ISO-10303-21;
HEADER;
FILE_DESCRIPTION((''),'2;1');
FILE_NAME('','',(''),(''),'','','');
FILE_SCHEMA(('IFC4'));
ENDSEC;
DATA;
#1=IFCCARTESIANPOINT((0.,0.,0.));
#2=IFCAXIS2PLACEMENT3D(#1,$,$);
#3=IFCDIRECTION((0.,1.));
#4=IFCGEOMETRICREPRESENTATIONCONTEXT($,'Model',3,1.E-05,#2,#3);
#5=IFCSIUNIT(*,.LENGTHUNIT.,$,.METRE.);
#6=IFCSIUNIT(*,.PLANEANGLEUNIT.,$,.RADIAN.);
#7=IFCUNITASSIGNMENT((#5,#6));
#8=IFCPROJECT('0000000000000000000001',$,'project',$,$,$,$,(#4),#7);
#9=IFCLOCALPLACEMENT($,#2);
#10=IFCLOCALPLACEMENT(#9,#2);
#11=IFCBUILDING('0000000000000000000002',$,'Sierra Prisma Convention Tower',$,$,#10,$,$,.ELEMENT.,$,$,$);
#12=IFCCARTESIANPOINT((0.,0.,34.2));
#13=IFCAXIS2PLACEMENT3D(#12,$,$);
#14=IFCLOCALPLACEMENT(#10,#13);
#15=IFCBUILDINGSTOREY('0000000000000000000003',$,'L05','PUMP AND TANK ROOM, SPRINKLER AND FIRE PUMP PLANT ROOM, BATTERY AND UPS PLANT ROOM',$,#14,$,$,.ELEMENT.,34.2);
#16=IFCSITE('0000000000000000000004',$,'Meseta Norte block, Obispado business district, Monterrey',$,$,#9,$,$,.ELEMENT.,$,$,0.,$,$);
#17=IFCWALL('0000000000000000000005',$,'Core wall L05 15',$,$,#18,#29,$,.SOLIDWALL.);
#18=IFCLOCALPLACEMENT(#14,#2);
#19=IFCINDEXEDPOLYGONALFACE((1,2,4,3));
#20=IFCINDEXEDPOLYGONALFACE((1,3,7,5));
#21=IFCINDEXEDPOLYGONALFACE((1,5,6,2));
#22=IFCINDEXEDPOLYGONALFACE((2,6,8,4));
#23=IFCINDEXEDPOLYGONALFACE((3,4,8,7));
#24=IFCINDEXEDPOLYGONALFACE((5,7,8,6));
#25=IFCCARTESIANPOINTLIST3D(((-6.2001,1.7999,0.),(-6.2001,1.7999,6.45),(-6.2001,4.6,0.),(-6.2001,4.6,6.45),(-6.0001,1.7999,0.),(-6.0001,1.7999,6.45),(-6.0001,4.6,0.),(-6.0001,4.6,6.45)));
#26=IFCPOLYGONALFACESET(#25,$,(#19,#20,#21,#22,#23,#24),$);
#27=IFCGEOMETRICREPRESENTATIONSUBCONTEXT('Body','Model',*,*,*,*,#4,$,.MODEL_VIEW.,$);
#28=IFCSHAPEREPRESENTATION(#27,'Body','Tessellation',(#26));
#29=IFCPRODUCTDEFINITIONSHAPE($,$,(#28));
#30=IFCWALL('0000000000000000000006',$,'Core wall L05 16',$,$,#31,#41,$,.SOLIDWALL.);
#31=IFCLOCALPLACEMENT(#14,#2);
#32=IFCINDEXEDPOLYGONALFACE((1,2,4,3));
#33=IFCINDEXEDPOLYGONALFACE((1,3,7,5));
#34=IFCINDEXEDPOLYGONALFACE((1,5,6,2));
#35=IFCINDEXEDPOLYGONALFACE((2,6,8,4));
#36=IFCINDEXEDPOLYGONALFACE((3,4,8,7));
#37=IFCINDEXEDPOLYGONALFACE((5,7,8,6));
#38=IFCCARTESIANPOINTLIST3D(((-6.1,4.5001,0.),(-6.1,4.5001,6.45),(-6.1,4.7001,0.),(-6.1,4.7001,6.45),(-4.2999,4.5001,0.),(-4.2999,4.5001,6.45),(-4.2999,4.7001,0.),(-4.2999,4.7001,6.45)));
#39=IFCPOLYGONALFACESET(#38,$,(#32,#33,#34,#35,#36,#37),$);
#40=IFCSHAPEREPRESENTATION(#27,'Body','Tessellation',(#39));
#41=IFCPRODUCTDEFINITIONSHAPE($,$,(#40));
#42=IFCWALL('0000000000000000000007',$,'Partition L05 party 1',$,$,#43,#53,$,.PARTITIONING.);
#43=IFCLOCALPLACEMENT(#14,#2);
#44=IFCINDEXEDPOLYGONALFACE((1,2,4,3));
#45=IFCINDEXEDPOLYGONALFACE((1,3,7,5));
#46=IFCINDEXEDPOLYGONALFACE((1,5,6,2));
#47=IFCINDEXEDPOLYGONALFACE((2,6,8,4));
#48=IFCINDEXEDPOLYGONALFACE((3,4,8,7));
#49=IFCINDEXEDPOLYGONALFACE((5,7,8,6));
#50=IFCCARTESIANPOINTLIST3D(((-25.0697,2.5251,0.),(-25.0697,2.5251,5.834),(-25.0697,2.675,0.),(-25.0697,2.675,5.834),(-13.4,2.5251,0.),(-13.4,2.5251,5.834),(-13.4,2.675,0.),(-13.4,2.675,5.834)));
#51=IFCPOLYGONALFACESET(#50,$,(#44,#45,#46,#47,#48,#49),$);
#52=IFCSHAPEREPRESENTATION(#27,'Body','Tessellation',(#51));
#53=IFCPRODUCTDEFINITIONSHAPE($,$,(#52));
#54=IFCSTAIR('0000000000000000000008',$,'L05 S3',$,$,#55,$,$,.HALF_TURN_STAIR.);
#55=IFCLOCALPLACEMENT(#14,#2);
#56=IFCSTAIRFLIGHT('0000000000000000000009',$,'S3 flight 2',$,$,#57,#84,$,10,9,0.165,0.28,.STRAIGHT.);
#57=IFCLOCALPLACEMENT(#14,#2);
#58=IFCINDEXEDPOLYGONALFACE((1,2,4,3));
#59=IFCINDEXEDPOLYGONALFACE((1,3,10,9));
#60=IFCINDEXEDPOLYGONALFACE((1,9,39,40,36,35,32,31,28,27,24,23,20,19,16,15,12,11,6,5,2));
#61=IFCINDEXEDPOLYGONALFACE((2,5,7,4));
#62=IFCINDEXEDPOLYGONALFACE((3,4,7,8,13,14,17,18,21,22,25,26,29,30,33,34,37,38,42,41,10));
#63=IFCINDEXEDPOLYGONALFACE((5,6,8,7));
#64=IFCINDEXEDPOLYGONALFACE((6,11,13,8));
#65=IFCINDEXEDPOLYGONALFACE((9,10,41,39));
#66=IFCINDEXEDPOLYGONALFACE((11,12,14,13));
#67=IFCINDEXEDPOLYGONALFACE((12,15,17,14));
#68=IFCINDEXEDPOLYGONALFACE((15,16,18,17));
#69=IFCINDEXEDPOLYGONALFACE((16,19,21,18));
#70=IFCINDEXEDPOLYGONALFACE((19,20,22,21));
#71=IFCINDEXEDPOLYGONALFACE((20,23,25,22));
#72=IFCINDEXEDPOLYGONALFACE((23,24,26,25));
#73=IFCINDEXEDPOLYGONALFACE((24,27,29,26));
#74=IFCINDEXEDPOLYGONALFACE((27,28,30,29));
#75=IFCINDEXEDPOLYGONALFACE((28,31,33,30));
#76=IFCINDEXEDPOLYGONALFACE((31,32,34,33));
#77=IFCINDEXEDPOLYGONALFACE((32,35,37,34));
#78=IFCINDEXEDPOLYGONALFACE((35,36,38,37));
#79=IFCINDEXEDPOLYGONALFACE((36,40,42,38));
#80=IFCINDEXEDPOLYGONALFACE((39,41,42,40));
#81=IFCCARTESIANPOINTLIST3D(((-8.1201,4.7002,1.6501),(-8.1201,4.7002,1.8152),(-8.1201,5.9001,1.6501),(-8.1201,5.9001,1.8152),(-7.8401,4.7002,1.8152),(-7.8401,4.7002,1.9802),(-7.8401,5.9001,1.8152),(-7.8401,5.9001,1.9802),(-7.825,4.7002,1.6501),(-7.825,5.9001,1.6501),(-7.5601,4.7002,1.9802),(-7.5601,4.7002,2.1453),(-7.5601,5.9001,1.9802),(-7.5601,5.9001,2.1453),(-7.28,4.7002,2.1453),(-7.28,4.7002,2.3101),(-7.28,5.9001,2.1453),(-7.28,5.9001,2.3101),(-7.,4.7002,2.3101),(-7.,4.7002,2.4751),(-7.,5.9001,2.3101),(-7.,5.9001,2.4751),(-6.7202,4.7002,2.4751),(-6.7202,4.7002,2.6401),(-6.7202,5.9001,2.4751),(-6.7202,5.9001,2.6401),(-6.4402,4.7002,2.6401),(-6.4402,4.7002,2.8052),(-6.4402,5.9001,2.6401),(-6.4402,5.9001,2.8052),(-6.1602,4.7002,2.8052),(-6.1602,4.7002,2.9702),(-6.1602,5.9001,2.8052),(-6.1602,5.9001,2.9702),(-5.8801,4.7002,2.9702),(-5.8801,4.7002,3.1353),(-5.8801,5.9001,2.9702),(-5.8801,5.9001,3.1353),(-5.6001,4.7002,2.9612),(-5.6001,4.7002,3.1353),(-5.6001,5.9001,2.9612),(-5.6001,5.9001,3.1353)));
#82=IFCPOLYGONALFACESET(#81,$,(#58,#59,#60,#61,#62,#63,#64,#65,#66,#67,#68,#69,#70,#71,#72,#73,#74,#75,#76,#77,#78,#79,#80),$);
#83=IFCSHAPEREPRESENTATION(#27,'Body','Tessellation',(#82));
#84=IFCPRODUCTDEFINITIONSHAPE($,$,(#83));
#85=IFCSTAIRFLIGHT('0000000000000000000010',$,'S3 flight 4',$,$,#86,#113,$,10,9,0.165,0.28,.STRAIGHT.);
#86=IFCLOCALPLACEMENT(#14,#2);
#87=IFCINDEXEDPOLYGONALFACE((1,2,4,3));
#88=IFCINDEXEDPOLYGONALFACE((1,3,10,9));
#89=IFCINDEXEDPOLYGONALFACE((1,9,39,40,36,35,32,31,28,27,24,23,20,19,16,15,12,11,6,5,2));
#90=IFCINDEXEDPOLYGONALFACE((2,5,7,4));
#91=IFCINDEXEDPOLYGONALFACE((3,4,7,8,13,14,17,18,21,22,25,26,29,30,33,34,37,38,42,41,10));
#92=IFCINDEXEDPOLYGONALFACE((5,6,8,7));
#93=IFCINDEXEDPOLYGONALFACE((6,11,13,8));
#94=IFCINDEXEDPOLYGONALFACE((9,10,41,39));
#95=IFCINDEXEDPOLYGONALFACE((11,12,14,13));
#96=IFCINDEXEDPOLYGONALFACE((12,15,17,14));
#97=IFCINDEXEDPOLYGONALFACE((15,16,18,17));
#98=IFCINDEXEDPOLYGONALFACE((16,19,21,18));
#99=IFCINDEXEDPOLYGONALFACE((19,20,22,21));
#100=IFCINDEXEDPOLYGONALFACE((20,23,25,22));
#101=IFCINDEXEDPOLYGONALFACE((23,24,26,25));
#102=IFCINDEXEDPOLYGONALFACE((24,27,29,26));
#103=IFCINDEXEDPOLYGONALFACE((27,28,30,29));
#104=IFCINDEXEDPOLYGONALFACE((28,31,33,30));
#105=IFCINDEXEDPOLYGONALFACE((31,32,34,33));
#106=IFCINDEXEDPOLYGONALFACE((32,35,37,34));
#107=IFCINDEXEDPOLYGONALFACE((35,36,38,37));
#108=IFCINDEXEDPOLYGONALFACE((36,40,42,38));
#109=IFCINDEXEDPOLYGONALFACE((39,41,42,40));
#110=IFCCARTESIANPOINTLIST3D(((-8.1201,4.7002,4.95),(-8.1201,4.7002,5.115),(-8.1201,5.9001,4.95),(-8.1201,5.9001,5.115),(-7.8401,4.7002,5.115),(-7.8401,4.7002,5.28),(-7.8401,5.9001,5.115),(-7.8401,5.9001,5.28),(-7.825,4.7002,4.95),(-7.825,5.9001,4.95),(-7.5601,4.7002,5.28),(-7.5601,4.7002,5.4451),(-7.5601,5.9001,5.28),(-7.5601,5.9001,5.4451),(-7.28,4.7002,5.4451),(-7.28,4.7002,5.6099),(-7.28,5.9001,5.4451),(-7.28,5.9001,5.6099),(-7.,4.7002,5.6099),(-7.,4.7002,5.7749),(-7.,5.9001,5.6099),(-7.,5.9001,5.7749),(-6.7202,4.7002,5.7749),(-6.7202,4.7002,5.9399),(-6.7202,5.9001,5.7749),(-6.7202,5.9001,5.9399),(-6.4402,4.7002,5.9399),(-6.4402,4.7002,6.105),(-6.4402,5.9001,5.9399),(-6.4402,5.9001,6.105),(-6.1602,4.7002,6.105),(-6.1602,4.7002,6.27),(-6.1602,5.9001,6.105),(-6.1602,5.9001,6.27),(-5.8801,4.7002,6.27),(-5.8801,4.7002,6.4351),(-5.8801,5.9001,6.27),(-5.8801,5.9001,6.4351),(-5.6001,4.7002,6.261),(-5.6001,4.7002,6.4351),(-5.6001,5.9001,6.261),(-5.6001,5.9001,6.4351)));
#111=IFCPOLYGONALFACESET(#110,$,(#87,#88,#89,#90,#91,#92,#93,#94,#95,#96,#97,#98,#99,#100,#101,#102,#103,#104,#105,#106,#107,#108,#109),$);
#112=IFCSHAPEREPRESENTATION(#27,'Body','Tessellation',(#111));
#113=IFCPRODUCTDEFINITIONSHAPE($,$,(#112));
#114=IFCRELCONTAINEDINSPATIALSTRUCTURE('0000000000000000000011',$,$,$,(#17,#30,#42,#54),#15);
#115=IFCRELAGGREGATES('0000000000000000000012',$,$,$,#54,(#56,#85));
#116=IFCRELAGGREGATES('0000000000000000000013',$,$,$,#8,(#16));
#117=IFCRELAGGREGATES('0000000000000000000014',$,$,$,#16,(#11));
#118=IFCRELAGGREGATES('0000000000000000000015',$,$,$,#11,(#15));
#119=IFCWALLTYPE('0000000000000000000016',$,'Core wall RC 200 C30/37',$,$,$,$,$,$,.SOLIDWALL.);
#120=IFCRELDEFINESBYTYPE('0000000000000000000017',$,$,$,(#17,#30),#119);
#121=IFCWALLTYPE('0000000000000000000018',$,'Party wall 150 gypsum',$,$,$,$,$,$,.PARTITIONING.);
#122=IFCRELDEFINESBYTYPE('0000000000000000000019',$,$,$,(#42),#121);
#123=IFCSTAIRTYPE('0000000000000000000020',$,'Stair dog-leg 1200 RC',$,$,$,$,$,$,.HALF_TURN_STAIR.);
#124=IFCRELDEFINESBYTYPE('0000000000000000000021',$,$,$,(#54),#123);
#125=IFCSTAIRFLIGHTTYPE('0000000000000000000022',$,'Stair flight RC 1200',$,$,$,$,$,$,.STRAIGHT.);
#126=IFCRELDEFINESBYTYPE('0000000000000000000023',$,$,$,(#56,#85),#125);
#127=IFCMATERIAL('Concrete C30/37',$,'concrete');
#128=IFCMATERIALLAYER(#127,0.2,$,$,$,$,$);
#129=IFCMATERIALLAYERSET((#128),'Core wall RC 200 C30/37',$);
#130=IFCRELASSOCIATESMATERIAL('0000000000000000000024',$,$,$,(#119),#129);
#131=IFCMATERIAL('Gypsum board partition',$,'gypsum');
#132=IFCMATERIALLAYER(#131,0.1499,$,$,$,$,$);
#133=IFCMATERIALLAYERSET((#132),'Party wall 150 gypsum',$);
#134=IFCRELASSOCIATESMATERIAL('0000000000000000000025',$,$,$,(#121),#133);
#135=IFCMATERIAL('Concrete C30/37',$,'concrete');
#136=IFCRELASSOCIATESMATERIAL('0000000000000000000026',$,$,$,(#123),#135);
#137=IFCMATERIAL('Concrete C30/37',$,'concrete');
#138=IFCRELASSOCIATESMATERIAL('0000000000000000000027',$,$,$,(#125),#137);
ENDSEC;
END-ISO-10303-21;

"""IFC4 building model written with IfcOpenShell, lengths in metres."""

from ifc_helpers import new_model, si_unit, direction, frame, frame_2d, origin, place, context, subcontext, project, spatial, polyline, rectangle, outline, extrude, material, layer, layer_set, type_object, element, aggregate, save


model = new_model("IFC4")

# Units and contexts
model_context = context("Model", 3, precision=1e-05, world=origin(), true_north=direction((0.0, 1.0)))
body_context = subcontext(model_context, "Body", "Model", "MODEL_VIEW")
ifc_project = project(units=[si_unit("LENGTHUNIT", "METRE"), si_unit("PLANEANGLEUNIT", "RADIAN")], contexts=[model_context])

# Site, building, storey
site_placement = place(None, origin())
site = spatial("IfcSite", under=ifc_project, at=site_placement, Name="Meseta Norte block, Obispado business district, Monterrey", CompositionType="ELEMENT", RefElevation=0.0)
building_placement = place(site_placement, origin())
building = spatial("IfcBuilding", under=site, at=building_placement, Name="Sierra Prisma Convention Tower", CompositionType="ELEMENT")
storey_placement = place(building_placement, frame((0.0, 0.0, 34.2)))
storey = spatial("IfcBuildingStorey", under=building, at=storey_placement, Name="L05", Description="PUMP AND TANK ROOM, SPRINKLER AND FIRE PUMP PLANT ROOM, BATTERY AND UPS PLANT ROOM", CompositionType="ELEMENT", Elevation=34.2)

# Shared definitions
ifc_material_1 = material(Name="Concrete C30/37", Category="concrete")
ifc_layer_1 = layer(ifc_material_1, 0.2)
ifc_layer_set_1 = layer_set([ifc_layer_1], Name="Core wall RC 200 C30/37")
wall_type_1 = type_object("IfcWallType", Name="Core wall RC 200 C30/37", PredefinedType="SOLIDWALL", material=ifc_layer_set_1)

# Walls
wall_1_placement = place(storey_placement, frame((-6.1001, 1.8, 0.0), z_axis=(0.0, 0.0, 1.0), x_axis=(0.0, 1.0, 0.0)))
element("IfcWall", 1, at=wall_1_placement, inside=storey, type_object=wall_type_1, Name="Core wall L05 15", PredefinedType="SOLIDWALL", context=body_context, shape_type="SweptSolid", body=[
    extrude(rectangle(XDim=2.8, YDim=0.2, at=frame_2d((1.3999, 0.0))), origin(), (0.0, 0.0, 1.0), 6.45),
])
wall_2_placement = place(storey_placement, frame((-4.3, 4.6001, 0.0), z_axis=(0.0, 0.0, 1.0), x_axis=(-1.0, 0.0, 0.0)))
element("IfcWall", 2, at=wall_2_placement, inside=storey, type_object=wall_type_1, Name="Core wall L05 16", PredefinedType="SOLIDWALL", context=body_context, shape_type="SweptSolid", body=[
    extrude(rectangle(XDim=1.8, YDim=0.2, at=frame_2d((0.8999, 0.0))), origin(), (0.0, 0.0, 1.0), 6.45),
])

# Wall
ifc_material_2 = material(Name="Gypsum board partition", Category="gypsum")
ifc_layer_2 = layer(ifc_material_2, 0.1499)
ifc_layer_set_2 = layer_set([ifc_layer_2], Name="Party wall 150 gypsum")
wall_type_2 = type_object("IfcWallType", Name="Party wall 150 gypsum", PredefinedType="PARTITIONING", material=ifc_layer_set_2)
wall_3_placement = place(storey_placement, frame((-13.3999, 2.6001, 0.0), z_axis=(0.0, 0.0, 1.0), x_axis=(-1.0, 0.0, 0.0)))
element("IfcWall", 3, at=wall_3_placement, inside=storey, type_object=wall_type_2, Name="Partition L05 party 1", PredefinedType="PARTITIONING", context=body_context, shape_type="SweptSolid", body=[
    extrude(rectangle(XDim=11.6697, YDim=0.1499, at=frame_2d((5.835, 0.0))), origin(), (0.0, 0.0, 1.0), 5.834),
])

# Stair, stair flights
ifc_material_3 = material(Name="Concrete C30/37", Category="concrete")
stair_type = type_object("IfcStairType", Name="Stair dog-leg 1200 RC", PredefinedType="HALF_TURN_STAIR", material=ifc_material_3)
stair_placement = place(storey_placement, origin())
stair = element("IfcStair", 4, at=stair_placement, inside=storey, type_object=stair_type, Name="L05 S3", PredefinedType="HALF_TURN_STAIR")
ifc_material_4 = material(Name="Concrete C30/37", Category="concrete")
stair_flight_type = type_object("IfcStairFlightType", Name="Stair flight RC 1200", PredefinedType="STRAIGHT", material=ifc_material_4)
stair_flight_1_placement = place(storey_placement, frame((-8.1201, 5.3, 1.6501), z_axis=(0.0, 0.0, 1.0), x_axis=(1.0, 0.0, 0.0)))
stair_flight_1 = element("IfcStairFlight", 5, at=stair_flight_1_placement, type_object=stair_flight_type, Name="S3 flight 2", NumberOfRisers=10, NumberOfTreads=9, PredefinedType="STRAIGHT", RiserHeight=0.165, TreadLength=0.28, context=body_context, shape_type="SweptSolid", body=[
    extrude(outline(polyline([(0.0, 0.0), (0.0, 0.165), (0.28, 0.165), (0.28, 0.3301), (0.5601, 0.3301), (0.5601, 0.4951), (0.8401, 0.4951), (0.8401, 0.6599), (1.1201, 0.6599), (1.1201, 0.825), (1.3999, 0.825), (1.3999, 0.99), (1.6799, 0.99), (1.6799, 1.155), (1.96, 1.155), (1.96, 1.3201), (2.24, 1.3201), (2.24, 1.4851), (2.52, 1.4851), (2.52, 1.6499), (2.52, 1.311), (0.2952, 0.0), (0.0, 0.0)])), frame((0.0, 0.6001, 0.0), z_axis=(0.0, -1.0, 0.0), x_axis=(1.0, 0.0, 0.0)), (0.0, 0.0, 1.0), 1.2),
])
stair_flight_2_placement = place(storey_placement, frame((-8.1201, 5.3, 4.95), z_axis=(0.0, 0.0, 1.0), x_axis=(1.0, 0.0, 0.0)))
stair_flight_2 = element("IfcStairFlight", 6, at=stair_flight_2_placement, type_object=stair_flight_type, Name="S3 flight 4", NumberOfRisers=10, NumberOfTreads=9, PredefinedType="STRAIGHT", RiserHeight=0.165, TreadLength=0.28, context=body_context, shape_type="SweptSolid", body=[
    extrude(outline(polyline([(0.0, 0.0), (0.0, 0.165), (0.28, 0.165), (0.28, 0.3301), (0.5601, 0.3301), (0.5601, 0.4951), (0.8401, 0.4951), (0.8401, 0.6599), (1.1201, 0.6599), (1.1201, 0.825), (1.3999, 0.825), (1.3999, 0.99), (1.6799, 0.99), (1.6799, 1.155), (1.96, 1.155), (1.96, 1.3201), (2.24, 1.3201), (2.24, 1.4851), (2.52, 1.4851), (2.52, 1.6499), (2.52, 1.311), (0.2952, 0.0), (0.0, 0.0)])), frame((0.0, 0.6001, 0.0), z_axis=(0.0, -1.0, 0.0), x_axis=(1.0, 0.0, 0.0)), (0.0, 0.0, 1.0), 1.2),
])
aggregate(stair, [stair_flight_1, stair_flight_2])

save(model, "model.ifc")
